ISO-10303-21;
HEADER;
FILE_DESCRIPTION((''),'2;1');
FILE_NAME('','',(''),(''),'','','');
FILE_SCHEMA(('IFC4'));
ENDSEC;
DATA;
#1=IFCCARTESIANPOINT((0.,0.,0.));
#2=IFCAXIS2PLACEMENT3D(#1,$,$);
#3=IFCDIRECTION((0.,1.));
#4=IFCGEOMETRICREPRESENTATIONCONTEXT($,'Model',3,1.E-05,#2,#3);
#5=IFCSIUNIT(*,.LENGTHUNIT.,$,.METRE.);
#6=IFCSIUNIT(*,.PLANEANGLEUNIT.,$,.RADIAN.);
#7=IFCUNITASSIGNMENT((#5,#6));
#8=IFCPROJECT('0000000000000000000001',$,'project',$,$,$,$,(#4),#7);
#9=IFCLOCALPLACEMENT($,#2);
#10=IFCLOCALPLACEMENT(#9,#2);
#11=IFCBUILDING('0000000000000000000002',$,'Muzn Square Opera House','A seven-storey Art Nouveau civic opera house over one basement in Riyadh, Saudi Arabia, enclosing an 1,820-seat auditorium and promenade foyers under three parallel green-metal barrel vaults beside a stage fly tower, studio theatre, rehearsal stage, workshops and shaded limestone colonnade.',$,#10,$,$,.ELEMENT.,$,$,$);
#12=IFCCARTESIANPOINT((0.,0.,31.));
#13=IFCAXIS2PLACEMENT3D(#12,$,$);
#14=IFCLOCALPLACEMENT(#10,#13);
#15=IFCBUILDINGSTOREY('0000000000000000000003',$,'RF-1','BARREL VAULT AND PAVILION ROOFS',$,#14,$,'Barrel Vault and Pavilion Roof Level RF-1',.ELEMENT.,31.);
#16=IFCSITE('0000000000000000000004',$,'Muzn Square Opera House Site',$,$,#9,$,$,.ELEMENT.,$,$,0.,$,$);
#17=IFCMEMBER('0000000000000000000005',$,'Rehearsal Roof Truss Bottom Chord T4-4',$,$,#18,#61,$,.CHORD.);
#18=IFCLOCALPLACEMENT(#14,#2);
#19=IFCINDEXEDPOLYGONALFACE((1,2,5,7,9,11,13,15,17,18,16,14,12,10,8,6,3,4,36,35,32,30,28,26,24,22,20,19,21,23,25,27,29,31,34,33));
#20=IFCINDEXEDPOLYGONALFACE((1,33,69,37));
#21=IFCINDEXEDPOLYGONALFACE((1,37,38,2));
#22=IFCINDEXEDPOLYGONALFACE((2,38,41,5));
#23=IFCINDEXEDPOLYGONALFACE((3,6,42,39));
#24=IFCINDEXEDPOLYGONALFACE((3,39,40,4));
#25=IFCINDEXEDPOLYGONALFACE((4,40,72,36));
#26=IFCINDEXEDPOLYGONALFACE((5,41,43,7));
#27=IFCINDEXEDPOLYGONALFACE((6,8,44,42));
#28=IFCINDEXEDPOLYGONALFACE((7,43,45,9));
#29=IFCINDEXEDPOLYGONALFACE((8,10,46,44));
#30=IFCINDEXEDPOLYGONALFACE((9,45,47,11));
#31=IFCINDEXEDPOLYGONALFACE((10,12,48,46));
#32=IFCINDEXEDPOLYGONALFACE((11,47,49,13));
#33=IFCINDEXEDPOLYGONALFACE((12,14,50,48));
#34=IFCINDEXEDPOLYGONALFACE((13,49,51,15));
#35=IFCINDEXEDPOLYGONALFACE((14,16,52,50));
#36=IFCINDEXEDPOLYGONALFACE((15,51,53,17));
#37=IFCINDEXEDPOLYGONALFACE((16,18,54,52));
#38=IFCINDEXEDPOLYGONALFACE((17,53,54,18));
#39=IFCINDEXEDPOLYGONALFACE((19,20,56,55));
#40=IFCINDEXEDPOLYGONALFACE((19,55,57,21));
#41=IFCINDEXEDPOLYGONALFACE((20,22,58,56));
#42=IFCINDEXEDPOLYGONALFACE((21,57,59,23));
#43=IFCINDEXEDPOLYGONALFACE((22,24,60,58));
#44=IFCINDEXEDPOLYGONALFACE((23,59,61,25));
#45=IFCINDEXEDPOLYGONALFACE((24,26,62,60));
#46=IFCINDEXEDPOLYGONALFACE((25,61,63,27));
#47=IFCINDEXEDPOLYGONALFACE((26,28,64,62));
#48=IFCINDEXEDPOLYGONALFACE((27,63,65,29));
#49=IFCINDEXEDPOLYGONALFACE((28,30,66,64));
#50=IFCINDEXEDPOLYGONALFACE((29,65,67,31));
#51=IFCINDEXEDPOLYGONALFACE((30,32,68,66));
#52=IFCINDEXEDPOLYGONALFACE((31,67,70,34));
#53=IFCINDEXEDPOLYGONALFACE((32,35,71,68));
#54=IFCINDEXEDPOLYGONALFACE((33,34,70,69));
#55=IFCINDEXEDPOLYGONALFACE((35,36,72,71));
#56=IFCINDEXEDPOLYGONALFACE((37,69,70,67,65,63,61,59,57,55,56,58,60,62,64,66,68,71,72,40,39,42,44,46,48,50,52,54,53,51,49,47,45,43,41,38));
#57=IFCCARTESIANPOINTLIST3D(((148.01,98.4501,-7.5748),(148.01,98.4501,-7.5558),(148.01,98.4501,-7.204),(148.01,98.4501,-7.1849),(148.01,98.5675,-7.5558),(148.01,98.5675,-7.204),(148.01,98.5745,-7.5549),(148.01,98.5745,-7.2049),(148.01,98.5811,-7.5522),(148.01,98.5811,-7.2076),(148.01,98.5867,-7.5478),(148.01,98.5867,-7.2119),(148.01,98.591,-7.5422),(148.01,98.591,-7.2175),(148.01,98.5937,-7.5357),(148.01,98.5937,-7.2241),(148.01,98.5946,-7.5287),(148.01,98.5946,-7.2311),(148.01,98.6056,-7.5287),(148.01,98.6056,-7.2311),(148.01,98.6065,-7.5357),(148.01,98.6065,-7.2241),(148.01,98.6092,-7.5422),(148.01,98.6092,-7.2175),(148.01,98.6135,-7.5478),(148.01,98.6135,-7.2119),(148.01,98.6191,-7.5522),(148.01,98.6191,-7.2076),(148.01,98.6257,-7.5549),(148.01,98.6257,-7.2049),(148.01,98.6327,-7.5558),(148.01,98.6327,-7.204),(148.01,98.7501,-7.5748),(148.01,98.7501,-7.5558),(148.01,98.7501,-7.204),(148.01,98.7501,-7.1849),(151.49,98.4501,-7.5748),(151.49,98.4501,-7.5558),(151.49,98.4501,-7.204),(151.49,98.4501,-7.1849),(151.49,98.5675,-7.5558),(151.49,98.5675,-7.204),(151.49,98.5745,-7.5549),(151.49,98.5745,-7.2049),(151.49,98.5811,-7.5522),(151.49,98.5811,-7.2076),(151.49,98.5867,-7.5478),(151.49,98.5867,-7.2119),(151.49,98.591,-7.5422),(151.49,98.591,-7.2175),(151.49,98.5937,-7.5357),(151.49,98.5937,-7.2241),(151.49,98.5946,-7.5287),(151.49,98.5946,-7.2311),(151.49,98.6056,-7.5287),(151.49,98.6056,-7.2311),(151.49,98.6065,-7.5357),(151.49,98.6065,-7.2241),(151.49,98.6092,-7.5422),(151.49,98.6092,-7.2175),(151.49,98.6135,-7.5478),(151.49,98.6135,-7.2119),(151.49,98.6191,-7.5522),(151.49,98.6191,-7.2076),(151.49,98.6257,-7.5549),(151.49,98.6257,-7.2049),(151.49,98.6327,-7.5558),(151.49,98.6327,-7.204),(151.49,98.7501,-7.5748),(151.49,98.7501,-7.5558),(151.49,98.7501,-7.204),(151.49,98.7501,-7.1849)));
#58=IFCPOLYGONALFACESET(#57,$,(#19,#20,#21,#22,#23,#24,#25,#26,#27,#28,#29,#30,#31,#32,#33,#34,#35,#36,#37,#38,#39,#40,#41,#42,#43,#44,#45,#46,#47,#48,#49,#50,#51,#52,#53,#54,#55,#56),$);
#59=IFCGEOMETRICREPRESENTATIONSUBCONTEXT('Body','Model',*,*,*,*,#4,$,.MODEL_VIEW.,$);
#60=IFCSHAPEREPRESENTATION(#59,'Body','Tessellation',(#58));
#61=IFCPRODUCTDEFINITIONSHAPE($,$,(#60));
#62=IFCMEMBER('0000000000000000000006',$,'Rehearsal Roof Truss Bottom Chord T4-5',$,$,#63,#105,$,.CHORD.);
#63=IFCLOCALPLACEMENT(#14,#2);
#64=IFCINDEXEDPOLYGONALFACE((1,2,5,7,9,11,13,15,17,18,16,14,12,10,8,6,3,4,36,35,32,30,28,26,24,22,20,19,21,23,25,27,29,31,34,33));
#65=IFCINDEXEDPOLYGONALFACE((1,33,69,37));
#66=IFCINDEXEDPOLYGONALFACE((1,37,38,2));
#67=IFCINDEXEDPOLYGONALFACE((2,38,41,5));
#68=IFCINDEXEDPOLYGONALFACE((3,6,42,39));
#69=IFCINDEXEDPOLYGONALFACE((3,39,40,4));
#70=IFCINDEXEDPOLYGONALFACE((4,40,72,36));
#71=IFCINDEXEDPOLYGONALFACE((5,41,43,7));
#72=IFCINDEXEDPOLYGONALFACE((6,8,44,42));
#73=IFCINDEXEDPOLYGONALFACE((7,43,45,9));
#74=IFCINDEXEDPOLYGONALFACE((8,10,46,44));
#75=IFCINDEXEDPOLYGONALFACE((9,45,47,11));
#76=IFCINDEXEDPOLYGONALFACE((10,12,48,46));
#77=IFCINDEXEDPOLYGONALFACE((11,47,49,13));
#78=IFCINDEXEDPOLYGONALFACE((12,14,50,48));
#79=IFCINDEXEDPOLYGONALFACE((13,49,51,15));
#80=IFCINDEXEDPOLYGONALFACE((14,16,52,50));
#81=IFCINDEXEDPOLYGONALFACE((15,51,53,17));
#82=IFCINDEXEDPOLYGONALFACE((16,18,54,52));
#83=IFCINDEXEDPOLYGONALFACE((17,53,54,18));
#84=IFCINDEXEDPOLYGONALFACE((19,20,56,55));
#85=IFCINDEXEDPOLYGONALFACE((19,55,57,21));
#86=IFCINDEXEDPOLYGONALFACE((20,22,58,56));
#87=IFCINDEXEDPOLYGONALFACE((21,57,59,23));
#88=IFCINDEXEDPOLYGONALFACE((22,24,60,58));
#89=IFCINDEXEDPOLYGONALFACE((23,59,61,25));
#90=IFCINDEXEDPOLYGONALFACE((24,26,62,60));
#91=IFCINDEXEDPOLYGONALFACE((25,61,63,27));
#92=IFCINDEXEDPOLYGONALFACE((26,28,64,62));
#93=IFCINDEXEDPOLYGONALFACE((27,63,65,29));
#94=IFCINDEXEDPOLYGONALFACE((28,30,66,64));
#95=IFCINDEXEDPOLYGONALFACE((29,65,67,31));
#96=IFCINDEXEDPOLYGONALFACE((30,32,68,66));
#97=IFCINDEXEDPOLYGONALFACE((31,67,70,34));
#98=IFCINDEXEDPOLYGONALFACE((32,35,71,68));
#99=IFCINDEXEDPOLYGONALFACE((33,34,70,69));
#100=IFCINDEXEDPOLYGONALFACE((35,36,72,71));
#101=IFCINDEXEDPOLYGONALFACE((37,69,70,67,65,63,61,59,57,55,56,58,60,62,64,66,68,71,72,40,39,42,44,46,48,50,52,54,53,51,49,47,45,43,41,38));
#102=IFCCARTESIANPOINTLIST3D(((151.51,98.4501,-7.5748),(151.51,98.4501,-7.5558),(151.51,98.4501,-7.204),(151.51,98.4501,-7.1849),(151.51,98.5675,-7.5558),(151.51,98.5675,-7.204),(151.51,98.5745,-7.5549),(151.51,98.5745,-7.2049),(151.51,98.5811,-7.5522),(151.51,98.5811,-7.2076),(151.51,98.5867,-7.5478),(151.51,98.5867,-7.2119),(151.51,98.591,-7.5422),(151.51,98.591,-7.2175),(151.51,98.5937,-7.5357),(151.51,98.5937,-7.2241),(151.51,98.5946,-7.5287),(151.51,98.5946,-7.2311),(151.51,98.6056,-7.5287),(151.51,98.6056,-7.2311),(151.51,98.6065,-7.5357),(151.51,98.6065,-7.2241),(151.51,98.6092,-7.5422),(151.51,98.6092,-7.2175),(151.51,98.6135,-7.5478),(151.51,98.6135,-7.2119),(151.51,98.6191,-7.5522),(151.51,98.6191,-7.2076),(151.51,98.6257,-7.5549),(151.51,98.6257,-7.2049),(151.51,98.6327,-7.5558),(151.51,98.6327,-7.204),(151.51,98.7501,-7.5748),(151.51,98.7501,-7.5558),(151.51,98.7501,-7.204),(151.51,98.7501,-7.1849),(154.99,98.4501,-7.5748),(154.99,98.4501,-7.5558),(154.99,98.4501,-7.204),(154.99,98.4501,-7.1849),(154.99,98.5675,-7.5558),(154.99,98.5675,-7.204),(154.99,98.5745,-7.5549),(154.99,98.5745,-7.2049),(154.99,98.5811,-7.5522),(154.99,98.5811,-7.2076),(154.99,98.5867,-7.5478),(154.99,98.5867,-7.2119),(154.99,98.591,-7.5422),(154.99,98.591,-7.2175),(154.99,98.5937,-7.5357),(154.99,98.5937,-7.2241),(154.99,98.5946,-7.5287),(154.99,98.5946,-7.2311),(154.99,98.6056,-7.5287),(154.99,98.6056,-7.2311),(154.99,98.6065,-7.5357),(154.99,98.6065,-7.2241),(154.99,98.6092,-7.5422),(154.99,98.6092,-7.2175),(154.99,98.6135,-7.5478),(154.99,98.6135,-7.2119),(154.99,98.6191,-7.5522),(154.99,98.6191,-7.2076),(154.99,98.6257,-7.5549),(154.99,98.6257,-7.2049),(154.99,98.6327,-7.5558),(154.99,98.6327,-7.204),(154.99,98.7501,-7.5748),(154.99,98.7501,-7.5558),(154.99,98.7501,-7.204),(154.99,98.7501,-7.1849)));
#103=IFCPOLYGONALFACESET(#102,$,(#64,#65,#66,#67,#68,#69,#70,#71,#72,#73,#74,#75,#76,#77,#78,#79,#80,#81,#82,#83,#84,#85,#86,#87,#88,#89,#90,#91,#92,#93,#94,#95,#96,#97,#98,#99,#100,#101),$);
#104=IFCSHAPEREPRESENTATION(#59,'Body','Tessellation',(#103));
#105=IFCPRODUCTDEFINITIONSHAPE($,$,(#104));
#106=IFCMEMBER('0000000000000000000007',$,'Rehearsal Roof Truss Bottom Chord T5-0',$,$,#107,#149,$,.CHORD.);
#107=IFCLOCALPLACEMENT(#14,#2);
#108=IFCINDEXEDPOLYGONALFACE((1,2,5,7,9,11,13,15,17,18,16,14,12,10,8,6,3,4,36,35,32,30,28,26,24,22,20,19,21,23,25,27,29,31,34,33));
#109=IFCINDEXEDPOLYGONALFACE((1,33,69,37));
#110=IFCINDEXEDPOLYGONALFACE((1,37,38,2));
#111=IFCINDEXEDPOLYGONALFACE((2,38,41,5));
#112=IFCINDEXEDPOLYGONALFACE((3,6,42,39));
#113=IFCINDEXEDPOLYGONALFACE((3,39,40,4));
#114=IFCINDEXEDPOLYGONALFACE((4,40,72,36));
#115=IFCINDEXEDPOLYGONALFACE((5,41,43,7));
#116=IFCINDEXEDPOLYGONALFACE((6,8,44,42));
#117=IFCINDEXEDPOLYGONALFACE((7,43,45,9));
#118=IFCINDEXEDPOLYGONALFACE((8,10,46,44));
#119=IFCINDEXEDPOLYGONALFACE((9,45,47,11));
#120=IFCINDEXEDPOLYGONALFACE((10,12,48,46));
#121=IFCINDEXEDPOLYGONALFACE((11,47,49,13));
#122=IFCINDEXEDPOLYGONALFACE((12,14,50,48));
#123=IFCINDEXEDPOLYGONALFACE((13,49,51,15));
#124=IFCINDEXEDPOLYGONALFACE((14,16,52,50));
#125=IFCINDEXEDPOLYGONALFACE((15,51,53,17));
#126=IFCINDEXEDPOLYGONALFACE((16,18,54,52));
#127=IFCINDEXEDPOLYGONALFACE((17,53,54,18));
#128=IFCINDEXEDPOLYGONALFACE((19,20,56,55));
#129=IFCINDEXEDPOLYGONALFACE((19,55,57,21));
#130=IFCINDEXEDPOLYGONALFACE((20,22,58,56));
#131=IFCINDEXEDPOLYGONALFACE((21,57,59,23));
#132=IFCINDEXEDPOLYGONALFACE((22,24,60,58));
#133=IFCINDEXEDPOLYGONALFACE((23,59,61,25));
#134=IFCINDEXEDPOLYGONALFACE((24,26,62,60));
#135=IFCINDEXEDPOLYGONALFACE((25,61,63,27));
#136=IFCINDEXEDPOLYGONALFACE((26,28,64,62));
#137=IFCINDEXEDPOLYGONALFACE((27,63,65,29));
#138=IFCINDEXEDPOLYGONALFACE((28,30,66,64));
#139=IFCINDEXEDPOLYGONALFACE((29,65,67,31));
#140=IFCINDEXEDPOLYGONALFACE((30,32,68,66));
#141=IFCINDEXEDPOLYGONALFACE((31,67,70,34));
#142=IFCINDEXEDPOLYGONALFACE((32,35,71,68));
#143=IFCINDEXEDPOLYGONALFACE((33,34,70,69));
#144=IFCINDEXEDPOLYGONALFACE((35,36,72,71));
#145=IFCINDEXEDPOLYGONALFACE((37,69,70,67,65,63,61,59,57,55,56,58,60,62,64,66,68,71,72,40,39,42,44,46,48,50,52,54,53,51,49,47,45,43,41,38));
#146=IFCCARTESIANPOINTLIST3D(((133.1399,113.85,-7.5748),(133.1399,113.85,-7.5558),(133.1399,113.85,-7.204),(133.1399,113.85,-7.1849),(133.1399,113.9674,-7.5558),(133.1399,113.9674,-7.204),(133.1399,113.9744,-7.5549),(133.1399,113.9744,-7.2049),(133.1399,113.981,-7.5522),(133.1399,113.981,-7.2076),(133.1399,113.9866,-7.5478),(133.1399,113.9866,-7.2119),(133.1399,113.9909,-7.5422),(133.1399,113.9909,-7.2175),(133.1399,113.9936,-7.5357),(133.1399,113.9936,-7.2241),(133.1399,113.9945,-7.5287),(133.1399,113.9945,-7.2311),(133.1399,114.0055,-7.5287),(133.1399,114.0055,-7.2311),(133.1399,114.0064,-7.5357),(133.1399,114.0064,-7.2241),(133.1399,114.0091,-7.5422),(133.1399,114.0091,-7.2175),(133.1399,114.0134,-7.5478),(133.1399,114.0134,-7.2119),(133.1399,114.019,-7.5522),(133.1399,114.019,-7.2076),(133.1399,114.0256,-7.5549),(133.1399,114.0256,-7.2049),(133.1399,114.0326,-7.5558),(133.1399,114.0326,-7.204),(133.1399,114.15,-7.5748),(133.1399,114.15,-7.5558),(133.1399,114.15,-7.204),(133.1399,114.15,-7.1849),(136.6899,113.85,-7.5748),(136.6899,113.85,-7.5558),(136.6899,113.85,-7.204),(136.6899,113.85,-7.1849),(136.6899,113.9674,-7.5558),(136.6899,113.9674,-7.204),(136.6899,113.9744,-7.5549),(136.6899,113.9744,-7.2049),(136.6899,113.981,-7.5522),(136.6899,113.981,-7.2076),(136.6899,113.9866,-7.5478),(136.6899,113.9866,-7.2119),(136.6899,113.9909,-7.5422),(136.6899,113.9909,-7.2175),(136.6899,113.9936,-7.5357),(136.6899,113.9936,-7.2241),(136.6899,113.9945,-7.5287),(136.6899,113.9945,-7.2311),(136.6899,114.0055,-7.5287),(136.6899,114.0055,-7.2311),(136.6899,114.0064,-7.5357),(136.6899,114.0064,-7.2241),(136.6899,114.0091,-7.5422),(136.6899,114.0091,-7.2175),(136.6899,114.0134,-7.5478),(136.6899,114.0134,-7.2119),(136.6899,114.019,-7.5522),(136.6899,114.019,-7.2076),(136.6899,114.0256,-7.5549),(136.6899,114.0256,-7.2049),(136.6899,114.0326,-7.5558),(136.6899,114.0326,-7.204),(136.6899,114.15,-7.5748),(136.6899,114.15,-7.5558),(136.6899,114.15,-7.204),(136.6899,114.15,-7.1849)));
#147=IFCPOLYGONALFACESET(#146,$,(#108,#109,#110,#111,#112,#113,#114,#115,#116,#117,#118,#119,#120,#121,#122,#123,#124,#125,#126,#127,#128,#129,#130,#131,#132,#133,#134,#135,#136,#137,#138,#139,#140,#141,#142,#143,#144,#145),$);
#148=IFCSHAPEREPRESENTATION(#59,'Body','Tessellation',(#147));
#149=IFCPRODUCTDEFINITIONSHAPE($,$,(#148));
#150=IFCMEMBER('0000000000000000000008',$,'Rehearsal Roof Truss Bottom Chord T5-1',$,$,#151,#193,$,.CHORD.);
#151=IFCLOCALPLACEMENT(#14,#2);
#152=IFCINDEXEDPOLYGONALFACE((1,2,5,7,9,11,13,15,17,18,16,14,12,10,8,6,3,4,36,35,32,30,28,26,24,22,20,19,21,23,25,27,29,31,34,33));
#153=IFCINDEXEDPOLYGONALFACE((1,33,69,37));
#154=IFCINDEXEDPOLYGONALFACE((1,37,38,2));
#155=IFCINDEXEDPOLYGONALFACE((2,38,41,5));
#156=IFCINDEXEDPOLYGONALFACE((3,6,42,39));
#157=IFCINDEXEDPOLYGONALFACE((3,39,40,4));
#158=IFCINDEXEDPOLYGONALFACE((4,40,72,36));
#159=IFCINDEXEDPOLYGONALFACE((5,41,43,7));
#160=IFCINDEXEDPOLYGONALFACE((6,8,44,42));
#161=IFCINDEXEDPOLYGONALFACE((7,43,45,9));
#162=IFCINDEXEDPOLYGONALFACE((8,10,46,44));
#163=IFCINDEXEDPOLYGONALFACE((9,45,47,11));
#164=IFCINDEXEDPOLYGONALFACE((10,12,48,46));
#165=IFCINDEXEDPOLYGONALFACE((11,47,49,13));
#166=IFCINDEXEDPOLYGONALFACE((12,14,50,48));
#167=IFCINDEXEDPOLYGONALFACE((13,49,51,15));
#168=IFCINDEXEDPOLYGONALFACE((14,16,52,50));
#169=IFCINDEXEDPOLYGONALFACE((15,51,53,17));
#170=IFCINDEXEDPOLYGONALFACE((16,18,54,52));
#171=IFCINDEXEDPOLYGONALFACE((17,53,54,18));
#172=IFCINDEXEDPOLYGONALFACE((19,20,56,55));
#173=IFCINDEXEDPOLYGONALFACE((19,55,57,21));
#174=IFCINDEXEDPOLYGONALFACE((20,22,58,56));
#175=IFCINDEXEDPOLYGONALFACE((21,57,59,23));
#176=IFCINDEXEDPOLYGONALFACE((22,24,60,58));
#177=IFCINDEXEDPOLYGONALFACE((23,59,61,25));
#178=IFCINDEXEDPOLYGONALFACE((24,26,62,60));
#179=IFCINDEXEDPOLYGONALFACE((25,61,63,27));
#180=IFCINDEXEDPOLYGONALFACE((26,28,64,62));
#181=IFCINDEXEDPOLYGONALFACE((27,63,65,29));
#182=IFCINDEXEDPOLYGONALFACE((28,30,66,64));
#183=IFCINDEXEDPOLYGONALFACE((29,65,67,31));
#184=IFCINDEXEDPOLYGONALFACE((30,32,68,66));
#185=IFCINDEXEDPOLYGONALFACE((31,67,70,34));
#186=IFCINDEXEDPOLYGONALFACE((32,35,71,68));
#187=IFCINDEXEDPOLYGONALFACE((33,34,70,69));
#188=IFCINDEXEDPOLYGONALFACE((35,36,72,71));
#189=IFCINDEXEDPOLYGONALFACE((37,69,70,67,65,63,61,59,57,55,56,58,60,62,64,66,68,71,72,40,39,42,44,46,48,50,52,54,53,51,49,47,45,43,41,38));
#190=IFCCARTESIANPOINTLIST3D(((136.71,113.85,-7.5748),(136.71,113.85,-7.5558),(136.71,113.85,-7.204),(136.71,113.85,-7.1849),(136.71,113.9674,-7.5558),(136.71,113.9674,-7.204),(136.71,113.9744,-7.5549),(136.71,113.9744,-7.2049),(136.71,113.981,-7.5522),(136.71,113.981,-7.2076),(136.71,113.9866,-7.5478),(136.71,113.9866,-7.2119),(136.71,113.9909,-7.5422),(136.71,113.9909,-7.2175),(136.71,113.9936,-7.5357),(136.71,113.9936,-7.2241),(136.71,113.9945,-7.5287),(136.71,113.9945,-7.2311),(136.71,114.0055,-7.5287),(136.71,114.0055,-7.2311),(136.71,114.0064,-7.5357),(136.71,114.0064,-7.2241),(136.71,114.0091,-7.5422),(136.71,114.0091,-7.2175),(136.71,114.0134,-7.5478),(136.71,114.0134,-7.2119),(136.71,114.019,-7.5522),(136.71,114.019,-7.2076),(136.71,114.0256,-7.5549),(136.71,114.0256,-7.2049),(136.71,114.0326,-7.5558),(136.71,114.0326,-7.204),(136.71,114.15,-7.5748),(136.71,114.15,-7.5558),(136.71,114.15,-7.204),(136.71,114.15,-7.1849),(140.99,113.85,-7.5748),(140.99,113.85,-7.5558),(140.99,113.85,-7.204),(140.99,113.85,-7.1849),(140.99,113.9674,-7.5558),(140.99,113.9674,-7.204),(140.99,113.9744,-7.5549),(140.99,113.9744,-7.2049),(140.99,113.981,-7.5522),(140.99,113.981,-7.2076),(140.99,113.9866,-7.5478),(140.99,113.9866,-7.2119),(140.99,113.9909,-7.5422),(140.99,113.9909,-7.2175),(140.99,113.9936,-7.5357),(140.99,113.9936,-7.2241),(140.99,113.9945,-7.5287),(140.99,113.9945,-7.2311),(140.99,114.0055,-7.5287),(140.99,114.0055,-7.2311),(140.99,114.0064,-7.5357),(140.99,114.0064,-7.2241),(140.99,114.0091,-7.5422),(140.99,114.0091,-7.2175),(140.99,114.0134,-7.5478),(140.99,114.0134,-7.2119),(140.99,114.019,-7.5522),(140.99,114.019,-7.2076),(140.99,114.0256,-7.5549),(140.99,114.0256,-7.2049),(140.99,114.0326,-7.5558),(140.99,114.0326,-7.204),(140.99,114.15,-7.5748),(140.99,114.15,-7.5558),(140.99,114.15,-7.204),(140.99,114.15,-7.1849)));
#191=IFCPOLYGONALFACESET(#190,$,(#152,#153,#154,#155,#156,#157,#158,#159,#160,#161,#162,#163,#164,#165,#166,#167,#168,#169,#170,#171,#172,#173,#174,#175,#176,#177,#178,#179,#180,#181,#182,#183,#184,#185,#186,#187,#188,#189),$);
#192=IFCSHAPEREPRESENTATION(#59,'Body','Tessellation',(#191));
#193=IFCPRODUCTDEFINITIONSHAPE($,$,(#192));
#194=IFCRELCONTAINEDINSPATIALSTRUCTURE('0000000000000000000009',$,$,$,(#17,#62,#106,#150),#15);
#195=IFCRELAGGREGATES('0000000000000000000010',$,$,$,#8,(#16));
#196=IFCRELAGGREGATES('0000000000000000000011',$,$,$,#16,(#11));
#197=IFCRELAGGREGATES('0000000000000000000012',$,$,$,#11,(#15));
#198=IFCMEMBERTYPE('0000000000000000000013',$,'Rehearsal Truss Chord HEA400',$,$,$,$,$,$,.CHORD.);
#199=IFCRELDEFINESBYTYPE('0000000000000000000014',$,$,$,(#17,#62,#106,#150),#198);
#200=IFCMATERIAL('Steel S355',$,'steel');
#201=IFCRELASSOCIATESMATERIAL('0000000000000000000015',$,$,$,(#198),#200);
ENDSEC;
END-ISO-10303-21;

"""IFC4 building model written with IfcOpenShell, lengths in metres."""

from ifc_helpers import new_model, si_unit, direction, frame, origin, origin_2d, place, context, subcontext, project, spatial, i_section, extrude, material, material_profile, profile_set, type_object, element, save


model = new_model("IFC4")

# Units and contexts
model_context = context("Model", 3, precision=1e-05, world=origin(), true_north=direction((0.0, 1.0)))
body_context = subcontext(model_context, "Body", "Model", "MODEL_VIEW")
ifc_project = project(units=[si_unit("LENGTHUNIT", "METRE"), si_unit("PLANEANGLEUNIT", "RADIAN")], contexts=[model_context])

# Site, building, storey
site_placement = place(None, origin())
site = spatial("IfcSite", under=ifc_project, at=site_placement, Name="Muzn Square Opera House Site", CompositionType="ELEMENT", RefElevation=0.0)
building_placement = place(site_placement, origin())
building = spatial("IfcBuilding", under=site, at=building_placement, Name="Muzn Square Opera House", Description="A seven-storey Art Nouveau civic opera house over one basement in Riyadh, Saudi Arabia, enclosing an 1,820-seat auditorium and promenade foyers under three parallel green-metal barrel vaults beside a stage fly tower, studio theatre, rehearsal stage, workshops and shaded limestone colonnade.", CompositionType="ELEMENT")
storey_placement = place(building_placement, frame((0.0, 0.0, 31.0)))
storey = spatial("IfcBuildingStorey", under=building, at=storey_placement, Name="RF-1", Description="BARREL VAULT AND PAVILION ROOFS", LongName="Barrel Vault and Pavilion Roof Level RF-1", CompositionType="ELEMENT", Elevation=31.0)

# Shared definitions
ifc_material = material(Name="Steel S355", Category="steel")

# Members
ifc_material_profile_1 = material_profile(ifc_material, i_section(OverallWidth=0.3, OverallDepth=0.3899, WebThickness=0.011, FlangeThickness=0.019, FilletRadius=0.0271, at=origin_2d()), Name="HEA 400", Category="steel")
ifc_profile_set_1 = profile_set([ifc_material_profile_1], Name="Steel S355")
member_type_1 = type_object("IfcMemberType", Name="Rehearsal Truss Chord HEA400", PredefinedType="CHORD", material=ifc_profile_set_1)
for number, where, z_axis, x_axis, name in (
    (1, (148.01, 98.6001, -7.3799), (1.0, 0.0, 0.0), (0.0, 1.0, 0.0), "Rehearsal Roof Truss Bottom Chord T4-4"),
    (2, (151.51, 98.6001, -7.3799), (1.0, 0.0, 0.0), (0.0, 1.0, 0.0), "Rehearsal Roof Truss Bottom Chord T4-5"),
):
    element("IfcMember", number, at=place(storey_placement, frame(where, z_axis=z_axis, x_axis=x_axis)), inside=storey, type_object=member_type_1, Name=name, PredefinedType="CHORD", context=body_context, shape_type="SweptSolid", body=[
        extrude(i_section(OverallWidth=0.3, OverallDepth=0.3899, WebThickness=0.011, FlangeThickness=0.019, FilletRadius=0.0271, at=origin_2d()), origin(), (0.0, 0.0, 1.0), 3.48),
    ])
member_1_placement = place(storey_placement, frame((133.1399, 114.0, -7.3799), z_axis=(1.0, 0.0, 0.0), x_axis=(0.0, 1.0, 0.0)))
element("IfcMember", 3, at=member_1_placement, inside=storey, type_object=member_type_1, Name="Rehearsal Roof Truss Bottom Chord T5-0", PredefinedType="CHORD", context=body_context, shape_type="SweptSolid", body=[
    extrude(i_section(OverallWidth=0.3, OverallDepth=0.3899, WebThickness=0.011, FlangeThickness=0.019, FilletRadius=0.0271, at=origin_2d()), origin(), (0.0, 0.0, 1.0), 3.55),
])
member_2_placement = place(storey_placement, frame((136.71, 114.0, -7.3799), z_axis=(1.0, 0.0, 0.0), x_axis=(0.0, 1.0, 0.0)))
element("IfcMember", 4, at=member_2_placement, inside=storey, type_object=member_type_1, Name="Rehearsal Roof Truss Bottom Chord T5-1", PredefinedType="CHORD", context=body_context, shape_type="SweptSolid", body=[
    extrude(i_section(OverallWidth=0.3, OverallDepth=0.3899, WebThickness=0.011, FlangeThickness=0.019, FilletRadius=0.0271, at=origin_2d()), origin(), (0.0, 0.0, 1.0), 4.28),
])

save(model, "model.ifc")
